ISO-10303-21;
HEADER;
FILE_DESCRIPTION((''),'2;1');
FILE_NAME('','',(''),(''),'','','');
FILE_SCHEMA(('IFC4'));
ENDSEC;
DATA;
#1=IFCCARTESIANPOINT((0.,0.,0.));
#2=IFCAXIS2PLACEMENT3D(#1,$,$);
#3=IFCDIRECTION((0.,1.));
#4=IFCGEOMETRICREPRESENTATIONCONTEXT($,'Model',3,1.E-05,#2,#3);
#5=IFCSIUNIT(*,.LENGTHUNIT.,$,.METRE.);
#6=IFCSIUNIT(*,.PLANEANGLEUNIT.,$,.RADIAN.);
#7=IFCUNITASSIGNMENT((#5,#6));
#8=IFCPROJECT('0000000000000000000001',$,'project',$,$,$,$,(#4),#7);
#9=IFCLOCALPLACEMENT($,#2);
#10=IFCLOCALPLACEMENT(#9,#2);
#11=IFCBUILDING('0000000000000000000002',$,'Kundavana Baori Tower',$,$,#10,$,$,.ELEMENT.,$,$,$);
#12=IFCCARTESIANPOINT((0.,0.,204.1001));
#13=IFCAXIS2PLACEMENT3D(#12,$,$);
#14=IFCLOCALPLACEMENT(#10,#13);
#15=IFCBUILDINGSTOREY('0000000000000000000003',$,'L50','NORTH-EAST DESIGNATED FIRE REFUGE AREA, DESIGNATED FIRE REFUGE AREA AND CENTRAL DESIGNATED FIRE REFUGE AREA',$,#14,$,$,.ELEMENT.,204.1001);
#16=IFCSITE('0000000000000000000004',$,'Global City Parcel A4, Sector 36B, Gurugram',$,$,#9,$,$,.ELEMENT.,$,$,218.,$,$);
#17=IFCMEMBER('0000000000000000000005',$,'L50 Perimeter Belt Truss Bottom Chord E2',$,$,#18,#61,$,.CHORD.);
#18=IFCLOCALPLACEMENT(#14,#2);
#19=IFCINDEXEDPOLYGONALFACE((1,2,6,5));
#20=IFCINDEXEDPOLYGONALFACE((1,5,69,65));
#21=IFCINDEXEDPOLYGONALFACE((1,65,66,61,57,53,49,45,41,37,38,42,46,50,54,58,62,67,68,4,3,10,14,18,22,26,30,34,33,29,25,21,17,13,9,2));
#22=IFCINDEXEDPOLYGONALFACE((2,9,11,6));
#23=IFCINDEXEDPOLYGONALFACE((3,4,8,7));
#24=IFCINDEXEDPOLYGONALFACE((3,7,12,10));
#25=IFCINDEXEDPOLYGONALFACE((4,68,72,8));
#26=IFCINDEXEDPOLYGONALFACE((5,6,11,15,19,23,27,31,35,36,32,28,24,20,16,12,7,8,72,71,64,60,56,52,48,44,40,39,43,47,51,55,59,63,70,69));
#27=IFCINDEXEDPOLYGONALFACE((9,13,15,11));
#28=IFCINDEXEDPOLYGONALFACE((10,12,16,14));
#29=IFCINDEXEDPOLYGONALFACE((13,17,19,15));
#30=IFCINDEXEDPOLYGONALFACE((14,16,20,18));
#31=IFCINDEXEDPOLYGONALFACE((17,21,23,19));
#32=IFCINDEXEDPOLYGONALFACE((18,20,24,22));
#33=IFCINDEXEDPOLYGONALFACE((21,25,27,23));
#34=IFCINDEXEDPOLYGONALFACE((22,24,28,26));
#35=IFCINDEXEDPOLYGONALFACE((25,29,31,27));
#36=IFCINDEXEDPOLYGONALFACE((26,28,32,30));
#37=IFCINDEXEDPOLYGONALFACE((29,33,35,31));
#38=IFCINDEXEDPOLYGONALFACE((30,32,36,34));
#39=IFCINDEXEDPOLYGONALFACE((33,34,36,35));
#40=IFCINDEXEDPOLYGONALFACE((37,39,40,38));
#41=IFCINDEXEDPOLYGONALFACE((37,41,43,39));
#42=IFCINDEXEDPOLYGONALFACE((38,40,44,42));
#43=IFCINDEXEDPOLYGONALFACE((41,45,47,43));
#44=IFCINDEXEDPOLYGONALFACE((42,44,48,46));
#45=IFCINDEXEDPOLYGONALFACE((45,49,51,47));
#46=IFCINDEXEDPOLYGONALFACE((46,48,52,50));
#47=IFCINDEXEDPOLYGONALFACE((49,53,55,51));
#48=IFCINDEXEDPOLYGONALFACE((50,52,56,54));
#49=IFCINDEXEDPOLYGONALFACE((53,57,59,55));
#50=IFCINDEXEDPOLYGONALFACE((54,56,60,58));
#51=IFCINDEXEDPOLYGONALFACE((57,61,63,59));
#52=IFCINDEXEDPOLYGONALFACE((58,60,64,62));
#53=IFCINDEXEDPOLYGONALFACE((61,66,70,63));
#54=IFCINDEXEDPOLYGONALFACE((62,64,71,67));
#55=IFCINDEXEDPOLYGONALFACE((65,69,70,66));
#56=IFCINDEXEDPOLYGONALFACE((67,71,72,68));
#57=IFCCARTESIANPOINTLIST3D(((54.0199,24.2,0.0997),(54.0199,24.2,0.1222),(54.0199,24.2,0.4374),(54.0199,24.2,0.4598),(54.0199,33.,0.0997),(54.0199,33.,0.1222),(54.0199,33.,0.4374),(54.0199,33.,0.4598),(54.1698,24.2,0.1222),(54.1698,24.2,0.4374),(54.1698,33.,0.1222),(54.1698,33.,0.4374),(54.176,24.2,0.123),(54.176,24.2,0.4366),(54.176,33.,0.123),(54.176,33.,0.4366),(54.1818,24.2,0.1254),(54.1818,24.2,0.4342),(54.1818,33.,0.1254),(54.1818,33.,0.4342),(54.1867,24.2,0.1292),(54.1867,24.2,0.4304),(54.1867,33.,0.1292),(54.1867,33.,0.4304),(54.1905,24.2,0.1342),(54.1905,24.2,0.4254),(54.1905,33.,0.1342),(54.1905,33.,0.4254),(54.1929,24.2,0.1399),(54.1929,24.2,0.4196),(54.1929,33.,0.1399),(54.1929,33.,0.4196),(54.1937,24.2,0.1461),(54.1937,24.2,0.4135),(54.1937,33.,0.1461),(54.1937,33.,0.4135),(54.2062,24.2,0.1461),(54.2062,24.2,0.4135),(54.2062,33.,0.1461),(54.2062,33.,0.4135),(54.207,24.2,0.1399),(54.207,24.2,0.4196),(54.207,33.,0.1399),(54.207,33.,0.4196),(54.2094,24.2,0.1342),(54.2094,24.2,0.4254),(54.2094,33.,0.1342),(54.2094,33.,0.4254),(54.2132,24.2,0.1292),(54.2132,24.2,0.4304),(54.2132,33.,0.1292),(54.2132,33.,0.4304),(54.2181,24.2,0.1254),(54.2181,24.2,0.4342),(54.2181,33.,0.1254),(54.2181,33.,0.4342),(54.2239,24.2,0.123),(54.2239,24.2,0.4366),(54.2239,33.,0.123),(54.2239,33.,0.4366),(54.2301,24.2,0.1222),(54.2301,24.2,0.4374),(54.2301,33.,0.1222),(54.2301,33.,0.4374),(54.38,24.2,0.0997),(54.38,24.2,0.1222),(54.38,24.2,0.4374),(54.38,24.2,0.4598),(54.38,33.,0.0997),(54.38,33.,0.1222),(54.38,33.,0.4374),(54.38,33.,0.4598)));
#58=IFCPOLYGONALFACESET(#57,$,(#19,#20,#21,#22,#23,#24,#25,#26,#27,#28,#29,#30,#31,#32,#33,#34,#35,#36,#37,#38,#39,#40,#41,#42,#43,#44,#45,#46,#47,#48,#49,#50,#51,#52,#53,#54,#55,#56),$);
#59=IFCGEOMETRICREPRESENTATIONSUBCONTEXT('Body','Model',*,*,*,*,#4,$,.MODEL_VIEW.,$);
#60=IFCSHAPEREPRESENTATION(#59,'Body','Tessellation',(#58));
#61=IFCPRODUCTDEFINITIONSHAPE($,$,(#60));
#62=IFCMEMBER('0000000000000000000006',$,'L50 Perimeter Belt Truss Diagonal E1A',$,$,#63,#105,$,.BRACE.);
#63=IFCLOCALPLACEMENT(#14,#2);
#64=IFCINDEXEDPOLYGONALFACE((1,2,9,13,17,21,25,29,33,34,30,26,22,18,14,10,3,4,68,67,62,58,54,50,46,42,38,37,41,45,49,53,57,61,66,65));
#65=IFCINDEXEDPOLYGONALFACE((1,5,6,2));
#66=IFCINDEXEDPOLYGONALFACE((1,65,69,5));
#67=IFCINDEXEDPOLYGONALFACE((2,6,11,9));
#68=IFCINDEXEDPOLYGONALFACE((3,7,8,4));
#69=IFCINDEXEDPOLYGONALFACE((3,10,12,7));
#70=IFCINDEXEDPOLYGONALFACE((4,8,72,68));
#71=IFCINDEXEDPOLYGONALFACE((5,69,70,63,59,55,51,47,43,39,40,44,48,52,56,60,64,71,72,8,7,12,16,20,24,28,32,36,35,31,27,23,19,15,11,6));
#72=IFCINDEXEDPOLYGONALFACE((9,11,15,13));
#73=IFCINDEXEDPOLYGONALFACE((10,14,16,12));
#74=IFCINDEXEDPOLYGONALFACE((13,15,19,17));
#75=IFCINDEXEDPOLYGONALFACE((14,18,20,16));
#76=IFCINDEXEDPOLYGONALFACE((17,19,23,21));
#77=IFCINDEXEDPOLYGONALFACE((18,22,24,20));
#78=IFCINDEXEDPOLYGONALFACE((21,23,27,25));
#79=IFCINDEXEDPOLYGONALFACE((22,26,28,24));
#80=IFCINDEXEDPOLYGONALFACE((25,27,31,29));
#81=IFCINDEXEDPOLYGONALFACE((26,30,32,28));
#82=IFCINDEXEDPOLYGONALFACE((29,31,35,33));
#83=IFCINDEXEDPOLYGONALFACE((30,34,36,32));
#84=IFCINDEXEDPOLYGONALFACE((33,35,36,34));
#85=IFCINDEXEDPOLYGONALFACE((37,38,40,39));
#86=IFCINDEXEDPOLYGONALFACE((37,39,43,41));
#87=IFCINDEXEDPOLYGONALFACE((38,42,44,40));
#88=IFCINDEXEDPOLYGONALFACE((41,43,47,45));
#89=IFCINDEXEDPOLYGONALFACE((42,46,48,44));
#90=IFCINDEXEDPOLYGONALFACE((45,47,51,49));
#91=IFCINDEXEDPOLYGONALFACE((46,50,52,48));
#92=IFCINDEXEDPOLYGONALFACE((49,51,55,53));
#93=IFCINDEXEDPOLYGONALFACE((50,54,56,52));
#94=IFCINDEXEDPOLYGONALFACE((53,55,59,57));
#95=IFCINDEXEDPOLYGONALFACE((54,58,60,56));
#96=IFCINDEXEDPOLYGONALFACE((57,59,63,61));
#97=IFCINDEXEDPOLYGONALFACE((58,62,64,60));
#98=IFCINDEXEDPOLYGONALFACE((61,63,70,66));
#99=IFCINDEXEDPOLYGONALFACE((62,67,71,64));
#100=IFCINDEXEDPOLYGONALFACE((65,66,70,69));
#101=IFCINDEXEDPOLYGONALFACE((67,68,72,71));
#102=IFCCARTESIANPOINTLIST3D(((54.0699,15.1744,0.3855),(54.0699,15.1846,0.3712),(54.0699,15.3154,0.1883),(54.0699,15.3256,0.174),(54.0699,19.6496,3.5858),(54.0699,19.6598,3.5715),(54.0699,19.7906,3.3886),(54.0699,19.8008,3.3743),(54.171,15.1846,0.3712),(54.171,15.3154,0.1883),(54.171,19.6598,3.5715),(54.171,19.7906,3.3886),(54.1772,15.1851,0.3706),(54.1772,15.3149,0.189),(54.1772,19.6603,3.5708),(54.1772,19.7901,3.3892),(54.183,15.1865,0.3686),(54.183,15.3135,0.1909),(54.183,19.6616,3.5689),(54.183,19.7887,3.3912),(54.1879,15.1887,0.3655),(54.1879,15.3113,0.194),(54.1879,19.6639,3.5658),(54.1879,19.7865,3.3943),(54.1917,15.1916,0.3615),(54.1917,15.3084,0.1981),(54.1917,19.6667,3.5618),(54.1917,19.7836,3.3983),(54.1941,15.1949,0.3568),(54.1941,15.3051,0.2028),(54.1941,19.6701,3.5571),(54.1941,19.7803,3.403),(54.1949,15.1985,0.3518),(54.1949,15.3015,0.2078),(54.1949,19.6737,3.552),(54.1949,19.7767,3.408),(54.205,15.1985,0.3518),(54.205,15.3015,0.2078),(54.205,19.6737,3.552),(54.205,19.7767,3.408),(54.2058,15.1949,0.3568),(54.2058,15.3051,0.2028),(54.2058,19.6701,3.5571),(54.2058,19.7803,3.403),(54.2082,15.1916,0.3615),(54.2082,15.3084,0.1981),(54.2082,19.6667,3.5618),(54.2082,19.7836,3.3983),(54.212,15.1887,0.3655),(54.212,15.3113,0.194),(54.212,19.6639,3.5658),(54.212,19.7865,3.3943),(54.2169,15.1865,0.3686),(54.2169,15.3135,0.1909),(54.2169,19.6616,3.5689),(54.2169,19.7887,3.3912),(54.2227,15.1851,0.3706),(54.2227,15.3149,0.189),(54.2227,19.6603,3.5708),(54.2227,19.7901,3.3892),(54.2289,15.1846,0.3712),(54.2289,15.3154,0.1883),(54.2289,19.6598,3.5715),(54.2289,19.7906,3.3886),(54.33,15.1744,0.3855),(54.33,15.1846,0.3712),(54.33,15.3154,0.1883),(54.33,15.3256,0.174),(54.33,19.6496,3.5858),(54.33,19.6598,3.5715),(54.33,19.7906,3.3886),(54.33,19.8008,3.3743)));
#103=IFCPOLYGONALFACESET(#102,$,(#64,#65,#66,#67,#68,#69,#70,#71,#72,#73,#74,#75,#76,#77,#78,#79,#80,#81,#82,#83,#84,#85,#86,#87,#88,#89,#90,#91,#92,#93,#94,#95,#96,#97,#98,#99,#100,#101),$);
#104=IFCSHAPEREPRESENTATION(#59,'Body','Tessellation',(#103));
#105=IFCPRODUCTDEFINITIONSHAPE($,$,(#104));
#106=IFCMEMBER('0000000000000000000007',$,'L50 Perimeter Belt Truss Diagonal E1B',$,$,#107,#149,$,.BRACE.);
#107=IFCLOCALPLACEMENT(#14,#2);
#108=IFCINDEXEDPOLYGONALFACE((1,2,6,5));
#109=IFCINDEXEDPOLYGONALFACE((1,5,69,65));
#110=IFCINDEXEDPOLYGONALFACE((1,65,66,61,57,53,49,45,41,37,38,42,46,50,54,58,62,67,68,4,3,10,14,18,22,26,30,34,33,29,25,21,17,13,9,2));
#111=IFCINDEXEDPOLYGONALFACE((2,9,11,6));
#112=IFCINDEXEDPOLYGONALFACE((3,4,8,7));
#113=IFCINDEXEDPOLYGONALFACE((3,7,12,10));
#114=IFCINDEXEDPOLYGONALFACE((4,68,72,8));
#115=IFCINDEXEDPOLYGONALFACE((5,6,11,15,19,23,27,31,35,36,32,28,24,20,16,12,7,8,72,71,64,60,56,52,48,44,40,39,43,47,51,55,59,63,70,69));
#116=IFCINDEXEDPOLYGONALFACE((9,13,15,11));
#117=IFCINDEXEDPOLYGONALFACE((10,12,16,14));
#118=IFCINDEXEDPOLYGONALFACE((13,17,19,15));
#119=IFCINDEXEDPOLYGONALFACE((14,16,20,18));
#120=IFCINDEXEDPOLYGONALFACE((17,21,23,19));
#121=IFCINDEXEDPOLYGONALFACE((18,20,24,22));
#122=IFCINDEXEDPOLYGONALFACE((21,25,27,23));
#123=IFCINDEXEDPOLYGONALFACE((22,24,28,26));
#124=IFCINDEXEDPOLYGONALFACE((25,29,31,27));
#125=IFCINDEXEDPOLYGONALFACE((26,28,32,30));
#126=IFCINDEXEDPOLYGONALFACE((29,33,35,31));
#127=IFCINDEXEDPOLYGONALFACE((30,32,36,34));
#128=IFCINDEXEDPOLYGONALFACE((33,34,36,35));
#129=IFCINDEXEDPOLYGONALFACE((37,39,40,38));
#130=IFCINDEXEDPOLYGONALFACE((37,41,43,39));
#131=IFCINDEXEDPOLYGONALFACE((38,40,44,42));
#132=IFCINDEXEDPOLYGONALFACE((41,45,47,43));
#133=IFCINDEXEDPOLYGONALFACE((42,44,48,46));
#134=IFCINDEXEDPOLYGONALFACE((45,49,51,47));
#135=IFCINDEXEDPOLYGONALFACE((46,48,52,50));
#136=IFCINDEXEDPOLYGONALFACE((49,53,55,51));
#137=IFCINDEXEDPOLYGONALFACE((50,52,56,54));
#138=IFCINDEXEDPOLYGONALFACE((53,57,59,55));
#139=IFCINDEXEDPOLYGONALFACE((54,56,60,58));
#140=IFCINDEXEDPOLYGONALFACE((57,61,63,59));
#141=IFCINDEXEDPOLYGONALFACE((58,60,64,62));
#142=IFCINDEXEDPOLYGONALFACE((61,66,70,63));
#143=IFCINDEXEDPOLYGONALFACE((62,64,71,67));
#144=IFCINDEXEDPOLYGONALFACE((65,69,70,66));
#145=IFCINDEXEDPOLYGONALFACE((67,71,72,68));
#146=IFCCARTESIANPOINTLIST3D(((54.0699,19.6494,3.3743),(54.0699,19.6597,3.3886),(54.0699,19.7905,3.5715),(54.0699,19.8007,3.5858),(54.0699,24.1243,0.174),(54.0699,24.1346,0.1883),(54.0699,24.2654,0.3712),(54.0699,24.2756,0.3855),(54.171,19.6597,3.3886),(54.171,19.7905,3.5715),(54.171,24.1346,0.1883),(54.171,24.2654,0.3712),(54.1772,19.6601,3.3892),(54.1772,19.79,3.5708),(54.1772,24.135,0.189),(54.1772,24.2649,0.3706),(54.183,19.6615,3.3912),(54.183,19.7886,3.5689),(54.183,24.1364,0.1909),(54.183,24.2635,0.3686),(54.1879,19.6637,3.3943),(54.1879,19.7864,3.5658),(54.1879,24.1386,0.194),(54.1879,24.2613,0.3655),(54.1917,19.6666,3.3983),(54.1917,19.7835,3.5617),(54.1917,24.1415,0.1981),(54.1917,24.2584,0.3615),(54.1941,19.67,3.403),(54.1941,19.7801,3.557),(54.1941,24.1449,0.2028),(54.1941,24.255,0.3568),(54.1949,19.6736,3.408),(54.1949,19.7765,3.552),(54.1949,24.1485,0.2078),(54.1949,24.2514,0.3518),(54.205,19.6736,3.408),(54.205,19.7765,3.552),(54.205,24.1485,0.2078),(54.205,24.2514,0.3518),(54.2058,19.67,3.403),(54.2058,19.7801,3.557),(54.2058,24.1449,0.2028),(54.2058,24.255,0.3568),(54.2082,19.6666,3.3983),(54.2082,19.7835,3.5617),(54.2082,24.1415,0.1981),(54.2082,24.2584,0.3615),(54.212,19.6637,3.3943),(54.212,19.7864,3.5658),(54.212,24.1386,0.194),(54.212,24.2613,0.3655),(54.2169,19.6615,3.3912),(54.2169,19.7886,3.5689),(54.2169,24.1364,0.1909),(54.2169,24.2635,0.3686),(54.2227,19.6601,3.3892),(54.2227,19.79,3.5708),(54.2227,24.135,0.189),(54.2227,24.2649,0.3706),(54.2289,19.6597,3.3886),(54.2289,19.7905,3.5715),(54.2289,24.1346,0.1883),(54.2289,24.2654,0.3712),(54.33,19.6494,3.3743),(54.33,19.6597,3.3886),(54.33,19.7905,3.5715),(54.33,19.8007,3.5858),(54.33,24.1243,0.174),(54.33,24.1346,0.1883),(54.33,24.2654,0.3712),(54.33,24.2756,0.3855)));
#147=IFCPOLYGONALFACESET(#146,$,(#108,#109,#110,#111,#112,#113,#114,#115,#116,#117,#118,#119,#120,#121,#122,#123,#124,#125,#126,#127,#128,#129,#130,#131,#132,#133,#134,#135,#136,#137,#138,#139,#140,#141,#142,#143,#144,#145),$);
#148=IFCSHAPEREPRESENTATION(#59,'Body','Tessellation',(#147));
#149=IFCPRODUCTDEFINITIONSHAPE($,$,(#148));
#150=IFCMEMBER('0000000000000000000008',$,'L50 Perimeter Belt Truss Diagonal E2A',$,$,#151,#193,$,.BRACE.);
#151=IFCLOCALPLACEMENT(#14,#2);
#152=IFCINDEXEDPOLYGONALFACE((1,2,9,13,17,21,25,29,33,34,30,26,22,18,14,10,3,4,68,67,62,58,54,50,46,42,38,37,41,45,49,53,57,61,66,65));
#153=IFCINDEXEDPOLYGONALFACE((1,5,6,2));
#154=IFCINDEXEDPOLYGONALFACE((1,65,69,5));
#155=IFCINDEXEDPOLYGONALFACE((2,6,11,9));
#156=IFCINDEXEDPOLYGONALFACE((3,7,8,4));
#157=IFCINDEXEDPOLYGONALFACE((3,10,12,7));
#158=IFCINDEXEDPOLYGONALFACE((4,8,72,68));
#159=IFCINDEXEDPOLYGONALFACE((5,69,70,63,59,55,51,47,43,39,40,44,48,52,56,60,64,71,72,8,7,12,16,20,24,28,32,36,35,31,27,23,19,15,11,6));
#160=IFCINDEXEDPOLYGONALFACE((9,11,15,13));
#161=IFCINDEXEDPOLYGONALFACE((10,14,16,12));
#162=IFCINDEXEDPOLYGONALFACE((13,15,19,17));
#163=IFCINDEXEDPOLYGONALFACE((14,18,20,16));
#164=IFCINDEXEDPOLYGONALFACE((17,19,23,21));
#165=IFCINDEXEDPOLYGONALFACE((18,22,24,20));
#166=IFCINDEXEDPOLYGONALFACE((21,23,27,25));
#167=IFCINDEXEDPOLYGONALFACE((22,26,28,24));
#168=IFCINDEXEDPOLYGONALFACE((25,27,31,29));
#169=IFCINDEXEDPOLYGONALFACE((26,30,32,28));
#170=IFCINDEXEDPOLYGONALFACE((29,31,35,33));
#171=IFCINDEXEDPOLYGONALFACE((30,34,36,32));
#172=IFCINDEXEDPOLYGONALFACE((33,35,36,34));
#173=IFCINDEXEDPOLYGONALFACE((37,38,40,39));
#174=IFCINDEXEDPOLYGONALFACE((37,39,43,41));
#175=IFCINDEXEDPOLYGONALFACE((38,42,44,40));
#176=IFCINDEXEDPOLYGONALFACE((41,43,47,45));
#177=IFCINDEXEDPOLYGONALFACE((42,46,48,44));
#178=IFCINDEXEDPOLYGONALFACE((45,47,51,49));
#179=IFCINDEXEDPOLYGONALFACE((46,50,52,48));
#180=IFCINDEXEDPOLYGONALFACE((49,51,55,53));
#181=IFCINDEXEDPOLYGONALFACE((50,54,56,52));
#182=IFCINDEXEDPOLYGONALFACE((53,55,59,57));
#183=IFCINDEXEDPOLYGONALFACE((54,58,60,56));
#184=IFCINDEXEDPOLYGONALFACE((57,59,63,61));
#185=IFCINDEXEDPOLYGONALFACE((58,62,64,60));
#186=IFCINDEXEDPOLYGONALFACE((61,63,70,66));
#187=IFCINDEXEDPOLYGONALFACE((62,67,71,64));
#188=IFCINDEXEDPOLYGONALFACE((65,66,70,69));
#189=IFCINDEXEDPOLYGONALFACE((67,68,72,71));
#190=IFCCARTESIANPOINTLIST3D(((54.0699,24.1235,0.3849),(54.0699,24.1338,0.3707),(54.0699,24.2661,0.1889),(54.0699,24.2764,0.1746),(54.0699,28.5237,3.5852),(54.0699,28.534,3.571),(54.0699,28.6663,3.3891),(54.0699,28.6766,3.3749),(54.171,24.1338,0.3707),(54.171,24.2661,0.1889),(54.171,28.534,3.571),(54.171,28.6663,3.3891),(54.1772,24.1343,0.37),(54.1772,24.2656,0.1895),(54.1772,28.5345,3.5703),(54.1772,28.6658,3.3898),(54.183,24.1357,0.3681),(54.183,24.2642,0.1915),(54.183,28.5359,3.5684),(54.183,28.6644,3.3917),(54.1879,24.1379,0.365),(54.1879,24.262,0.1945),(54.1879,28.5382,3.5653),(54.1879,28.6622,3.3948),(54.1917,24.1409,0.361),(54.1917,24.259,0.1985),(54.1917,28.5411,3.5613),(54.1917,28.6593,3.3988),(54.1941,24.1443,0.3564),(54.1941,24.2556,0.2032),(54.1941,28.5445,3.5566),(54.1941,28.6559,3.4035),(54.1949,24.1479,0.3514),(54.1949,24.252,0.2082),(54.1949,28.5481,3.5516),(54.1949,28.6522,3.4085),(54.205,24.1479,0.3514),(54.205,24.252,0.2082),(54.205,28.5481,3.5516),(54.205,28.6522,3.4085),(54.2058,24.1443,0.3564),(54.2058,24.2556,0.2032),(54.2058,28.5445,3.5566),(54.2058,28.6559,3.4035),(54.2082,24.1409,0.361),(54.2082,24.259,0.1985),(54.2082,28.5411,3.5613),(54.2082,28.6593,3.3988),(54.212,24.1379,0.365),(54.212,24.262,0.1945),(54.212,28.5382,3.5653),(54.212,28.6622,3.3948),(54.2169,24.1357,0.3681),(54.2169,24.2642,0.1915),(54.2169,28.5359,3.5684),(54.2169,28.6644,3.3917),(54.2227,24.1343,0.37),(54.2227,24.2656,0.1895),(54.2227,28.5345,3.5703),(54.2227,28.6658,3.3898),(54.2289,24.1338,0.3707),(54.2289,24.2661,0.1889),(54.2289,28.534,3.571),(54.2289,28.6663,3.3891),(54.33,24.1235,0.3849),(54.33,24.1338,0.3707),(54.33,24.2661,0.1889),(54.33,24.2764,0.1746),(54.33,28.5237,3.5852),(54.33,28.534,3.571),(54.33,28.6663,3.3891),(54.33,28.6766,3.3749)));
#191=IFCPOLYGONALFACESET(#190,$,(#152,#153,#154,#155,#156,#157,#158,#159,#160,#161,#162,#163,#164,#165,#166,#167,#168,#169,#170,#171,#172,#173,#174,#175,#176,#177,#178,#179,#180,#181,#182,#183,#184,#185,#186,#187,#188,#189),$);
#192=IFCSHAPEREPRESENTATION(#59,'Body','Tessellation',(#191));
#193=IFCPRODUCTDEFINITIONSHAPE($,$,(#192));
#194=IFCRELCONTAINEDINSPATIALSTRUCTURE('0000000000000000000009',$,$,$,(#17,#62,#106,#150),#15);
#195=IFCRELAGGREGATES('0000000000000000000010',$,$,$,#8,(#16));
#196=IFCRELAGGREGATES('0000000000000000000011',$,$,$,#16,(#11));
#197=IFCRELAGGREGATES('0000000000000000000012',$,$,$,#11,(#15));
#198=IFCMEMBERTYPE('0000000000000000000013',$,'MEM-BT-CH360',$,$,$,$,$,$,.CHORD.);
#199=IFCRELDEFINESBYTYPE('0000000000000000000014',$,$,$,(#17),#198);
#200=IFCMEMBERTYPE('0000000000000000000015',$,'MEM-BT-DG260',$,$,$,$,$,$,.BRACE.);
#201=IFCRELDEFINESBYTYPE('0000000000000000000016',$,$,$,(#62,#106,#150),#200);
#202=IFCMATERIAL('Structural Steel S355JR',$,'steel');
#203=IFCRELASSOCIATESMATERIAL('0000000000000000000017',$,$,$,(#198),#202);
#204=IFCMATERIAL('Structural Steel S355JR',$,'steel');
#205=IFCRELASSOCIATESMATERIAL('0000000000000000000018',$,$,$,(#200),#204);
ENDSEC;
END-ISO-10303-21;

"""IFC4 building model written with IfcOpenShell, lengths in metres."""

from ifc_helpers import new_model, si_unit, direction, frame, origin, origin_2d, place, context, subcontext, project, spatial, i_section, extrude, material, material_profile, profile_set, type_object, element, save


model = new_model("IFC4")

# Units and contexts
model_context = context("Model", 3, precision=1e-05, world=origin(), true_north=direction((0.0, 1.0)))
body_context = subcontext(model_context, "Body", "Model", "MODEL_VIEW")
ifc_project = project(units=[si_unit("LENGTHUNIT", "METRE"), si_unit("PLANEANGLEUNIT", "RADIAN")], contexts=[model_context])

# Site, building, storey
site_placement = place(None, origin())
site = spatial("IfcSite", under=ifc_project, at=site_placement, Name="Global City Parcel A4, Sector 36B, Gurugram", CompositionType="ELEMENT", RefElevation=218.0)
building_placement = place(site_placement, origin())
building = spatial("IfcBuilding", under=site, at=building_placement, Name="Kundavana Baori Tower", CompositionType="ELEMENT")
storey_placement = place(building_placement, frame((0.0, 0.0, 204.1001)))
storey = spatial("IfcBuildingStorey", under=building, at=storey_placement, Name="L50", Description="NORTH-EAST DESIGNATED FIRE REFUGE AREA, DESIGNATED FIRE REFUGE AREA AND CENTRAL DESIGNATED FIRE REFUGE AREA", CompositionType="ELEMENT", Elevation=204.1001)

# Members
ifc_material_1 = material(Name="Structural Steel S355JR", Category="steel")
ifc_material_profile_1 = material_profile(ifc_material_1, i_section(OverallWidth=0.3601, OverallDepth=0.3601, WebThickness=0.0125, FlangeThickness=0.0225, FilletRadius=0.0239, at=origin_2d()), Name="WPB 360x360x142")
ifc_profile_set_1 = profile_set([ifc_material_profile_1], Name="Structural Steel S355JR")
member_type_1 = type_object("IfcMemberType", Name="MEM-BT-CH360", PredefinedType="CHORD", material=ifc_profile_set_1)
member_1_placement = place(storey_placement, frame((54.2, 24.2, 0.2798), z_axis=(0.0, 1.0, 0.0), x_axis=(-1.0, 0.0, 0.0)))
element("IfcMember", 1, at=member_1_placement, inside=storey, type_object=member_type_1, Name="L50 Perimeter Belt Truss Bottom Chord E2", PredefinedType="CHORD", context=body_context, shape_type="SweptSolid", body=[
    extrude(i_section(OverallWidth=0.3601, OverallDepth=0.3601, WebThickness=0.0125, FlangeThickness=0.0225, FilletRadius=0.0239, at=origin_2d()), origin(), (0.0, 0.0, 1.0), 8.8),
])
ifc_material_2 = material(Name="Structural Steel S355JR", Category="steel")
ifc_material_profile_2 = material_profile(ifc_material_2, i_section(OverallWidth=0.26, OverallDepth=0.26, WebThickness=0.01, FlangeThickness=0.0176, FilletRadius=0.0239, at=origin_2d()), Name="WPB 260x260x93")
ifc_profile_set_2 = profile_set([ifc_material_profile_2], Name="Structural Steel S355JR")
member_type_2 = type_object("IfcMemberType", Name="MEM-BT-DG260", PredefinedType="BRACE", material=ifc_profile_set_2)
member_2_placement = place(storey_placement, frame((54.2, 15.25, 0.2798), z_axis=(0.0, 0.813416, 0.581683), x_axis=(-1.0, 0.0, 0.0)))
element("IfcMember", 2, at=member_2_placement, inside=storey, type_object=member_type_2, Name="L50 Perimeter Belt Truss Diagonal E1A", PredefinedType="BRACE", context=body_context, shape_type="SweptSolid", body=[
    extrude(i_section(OverallWidth=0.26, OverallDepth=0.26, WebThickness=0.01, FlangeThickness=0.0176, FilletRadius=0.0239, at=origin_2d()), origin(), (0.0, 0.0, 1.0), 5.5017),
])
member_3_placement = place(storey_placement, frame((54.2, 24.2, 0.2798), z_axis=(0.0, -0.813401, 0.581704), x_axis=(1.0, 0.0, 0.0)))
element("IfcMember", 3, at=member_3_placement, inside=storey, type_object=member_type_2, Name="L50 Perimeter Belt Truss Diagonal E1B", PredefinedType="BRACE", context=body_context, shape_type="SweptSolid", body=[
    extrude(i_section(OverallWidth=0.26, OverallDepth=0.26, WebThickness=0.01, FlangeThickness=0.0176, FilletRadius=0.0239, at=origin_2d()), origin(), (0.0, 0.0, 1.0), 5.5015),
])
member_4_placement = place(storey_placement, frame((54.2, 24.2, 0.2798), z_axis=(0.0, 0.808728, 0.588182), x_axis=(-1.0, 0.0, 0.0)))
element("IfcMember", 4, at=member_4_placement, inside=storey, type_object=member_type_2, Name="L50 Perimeter Belt Truss Diagonal E2A", PredefinedType="BRACE", context=body_context, shape_type="SweptSolid", body=[
    extrude(i_section(OverallWidth=0.26, OverallDepth=0.26, WebThickness=0.01, FlangeThickness=0.0176, FilletRadius=0.0239, at=origin_2d()), origin(), (0.0, 0.0, 1.0), 5.4409),
])

save(model, "model.ifc")
